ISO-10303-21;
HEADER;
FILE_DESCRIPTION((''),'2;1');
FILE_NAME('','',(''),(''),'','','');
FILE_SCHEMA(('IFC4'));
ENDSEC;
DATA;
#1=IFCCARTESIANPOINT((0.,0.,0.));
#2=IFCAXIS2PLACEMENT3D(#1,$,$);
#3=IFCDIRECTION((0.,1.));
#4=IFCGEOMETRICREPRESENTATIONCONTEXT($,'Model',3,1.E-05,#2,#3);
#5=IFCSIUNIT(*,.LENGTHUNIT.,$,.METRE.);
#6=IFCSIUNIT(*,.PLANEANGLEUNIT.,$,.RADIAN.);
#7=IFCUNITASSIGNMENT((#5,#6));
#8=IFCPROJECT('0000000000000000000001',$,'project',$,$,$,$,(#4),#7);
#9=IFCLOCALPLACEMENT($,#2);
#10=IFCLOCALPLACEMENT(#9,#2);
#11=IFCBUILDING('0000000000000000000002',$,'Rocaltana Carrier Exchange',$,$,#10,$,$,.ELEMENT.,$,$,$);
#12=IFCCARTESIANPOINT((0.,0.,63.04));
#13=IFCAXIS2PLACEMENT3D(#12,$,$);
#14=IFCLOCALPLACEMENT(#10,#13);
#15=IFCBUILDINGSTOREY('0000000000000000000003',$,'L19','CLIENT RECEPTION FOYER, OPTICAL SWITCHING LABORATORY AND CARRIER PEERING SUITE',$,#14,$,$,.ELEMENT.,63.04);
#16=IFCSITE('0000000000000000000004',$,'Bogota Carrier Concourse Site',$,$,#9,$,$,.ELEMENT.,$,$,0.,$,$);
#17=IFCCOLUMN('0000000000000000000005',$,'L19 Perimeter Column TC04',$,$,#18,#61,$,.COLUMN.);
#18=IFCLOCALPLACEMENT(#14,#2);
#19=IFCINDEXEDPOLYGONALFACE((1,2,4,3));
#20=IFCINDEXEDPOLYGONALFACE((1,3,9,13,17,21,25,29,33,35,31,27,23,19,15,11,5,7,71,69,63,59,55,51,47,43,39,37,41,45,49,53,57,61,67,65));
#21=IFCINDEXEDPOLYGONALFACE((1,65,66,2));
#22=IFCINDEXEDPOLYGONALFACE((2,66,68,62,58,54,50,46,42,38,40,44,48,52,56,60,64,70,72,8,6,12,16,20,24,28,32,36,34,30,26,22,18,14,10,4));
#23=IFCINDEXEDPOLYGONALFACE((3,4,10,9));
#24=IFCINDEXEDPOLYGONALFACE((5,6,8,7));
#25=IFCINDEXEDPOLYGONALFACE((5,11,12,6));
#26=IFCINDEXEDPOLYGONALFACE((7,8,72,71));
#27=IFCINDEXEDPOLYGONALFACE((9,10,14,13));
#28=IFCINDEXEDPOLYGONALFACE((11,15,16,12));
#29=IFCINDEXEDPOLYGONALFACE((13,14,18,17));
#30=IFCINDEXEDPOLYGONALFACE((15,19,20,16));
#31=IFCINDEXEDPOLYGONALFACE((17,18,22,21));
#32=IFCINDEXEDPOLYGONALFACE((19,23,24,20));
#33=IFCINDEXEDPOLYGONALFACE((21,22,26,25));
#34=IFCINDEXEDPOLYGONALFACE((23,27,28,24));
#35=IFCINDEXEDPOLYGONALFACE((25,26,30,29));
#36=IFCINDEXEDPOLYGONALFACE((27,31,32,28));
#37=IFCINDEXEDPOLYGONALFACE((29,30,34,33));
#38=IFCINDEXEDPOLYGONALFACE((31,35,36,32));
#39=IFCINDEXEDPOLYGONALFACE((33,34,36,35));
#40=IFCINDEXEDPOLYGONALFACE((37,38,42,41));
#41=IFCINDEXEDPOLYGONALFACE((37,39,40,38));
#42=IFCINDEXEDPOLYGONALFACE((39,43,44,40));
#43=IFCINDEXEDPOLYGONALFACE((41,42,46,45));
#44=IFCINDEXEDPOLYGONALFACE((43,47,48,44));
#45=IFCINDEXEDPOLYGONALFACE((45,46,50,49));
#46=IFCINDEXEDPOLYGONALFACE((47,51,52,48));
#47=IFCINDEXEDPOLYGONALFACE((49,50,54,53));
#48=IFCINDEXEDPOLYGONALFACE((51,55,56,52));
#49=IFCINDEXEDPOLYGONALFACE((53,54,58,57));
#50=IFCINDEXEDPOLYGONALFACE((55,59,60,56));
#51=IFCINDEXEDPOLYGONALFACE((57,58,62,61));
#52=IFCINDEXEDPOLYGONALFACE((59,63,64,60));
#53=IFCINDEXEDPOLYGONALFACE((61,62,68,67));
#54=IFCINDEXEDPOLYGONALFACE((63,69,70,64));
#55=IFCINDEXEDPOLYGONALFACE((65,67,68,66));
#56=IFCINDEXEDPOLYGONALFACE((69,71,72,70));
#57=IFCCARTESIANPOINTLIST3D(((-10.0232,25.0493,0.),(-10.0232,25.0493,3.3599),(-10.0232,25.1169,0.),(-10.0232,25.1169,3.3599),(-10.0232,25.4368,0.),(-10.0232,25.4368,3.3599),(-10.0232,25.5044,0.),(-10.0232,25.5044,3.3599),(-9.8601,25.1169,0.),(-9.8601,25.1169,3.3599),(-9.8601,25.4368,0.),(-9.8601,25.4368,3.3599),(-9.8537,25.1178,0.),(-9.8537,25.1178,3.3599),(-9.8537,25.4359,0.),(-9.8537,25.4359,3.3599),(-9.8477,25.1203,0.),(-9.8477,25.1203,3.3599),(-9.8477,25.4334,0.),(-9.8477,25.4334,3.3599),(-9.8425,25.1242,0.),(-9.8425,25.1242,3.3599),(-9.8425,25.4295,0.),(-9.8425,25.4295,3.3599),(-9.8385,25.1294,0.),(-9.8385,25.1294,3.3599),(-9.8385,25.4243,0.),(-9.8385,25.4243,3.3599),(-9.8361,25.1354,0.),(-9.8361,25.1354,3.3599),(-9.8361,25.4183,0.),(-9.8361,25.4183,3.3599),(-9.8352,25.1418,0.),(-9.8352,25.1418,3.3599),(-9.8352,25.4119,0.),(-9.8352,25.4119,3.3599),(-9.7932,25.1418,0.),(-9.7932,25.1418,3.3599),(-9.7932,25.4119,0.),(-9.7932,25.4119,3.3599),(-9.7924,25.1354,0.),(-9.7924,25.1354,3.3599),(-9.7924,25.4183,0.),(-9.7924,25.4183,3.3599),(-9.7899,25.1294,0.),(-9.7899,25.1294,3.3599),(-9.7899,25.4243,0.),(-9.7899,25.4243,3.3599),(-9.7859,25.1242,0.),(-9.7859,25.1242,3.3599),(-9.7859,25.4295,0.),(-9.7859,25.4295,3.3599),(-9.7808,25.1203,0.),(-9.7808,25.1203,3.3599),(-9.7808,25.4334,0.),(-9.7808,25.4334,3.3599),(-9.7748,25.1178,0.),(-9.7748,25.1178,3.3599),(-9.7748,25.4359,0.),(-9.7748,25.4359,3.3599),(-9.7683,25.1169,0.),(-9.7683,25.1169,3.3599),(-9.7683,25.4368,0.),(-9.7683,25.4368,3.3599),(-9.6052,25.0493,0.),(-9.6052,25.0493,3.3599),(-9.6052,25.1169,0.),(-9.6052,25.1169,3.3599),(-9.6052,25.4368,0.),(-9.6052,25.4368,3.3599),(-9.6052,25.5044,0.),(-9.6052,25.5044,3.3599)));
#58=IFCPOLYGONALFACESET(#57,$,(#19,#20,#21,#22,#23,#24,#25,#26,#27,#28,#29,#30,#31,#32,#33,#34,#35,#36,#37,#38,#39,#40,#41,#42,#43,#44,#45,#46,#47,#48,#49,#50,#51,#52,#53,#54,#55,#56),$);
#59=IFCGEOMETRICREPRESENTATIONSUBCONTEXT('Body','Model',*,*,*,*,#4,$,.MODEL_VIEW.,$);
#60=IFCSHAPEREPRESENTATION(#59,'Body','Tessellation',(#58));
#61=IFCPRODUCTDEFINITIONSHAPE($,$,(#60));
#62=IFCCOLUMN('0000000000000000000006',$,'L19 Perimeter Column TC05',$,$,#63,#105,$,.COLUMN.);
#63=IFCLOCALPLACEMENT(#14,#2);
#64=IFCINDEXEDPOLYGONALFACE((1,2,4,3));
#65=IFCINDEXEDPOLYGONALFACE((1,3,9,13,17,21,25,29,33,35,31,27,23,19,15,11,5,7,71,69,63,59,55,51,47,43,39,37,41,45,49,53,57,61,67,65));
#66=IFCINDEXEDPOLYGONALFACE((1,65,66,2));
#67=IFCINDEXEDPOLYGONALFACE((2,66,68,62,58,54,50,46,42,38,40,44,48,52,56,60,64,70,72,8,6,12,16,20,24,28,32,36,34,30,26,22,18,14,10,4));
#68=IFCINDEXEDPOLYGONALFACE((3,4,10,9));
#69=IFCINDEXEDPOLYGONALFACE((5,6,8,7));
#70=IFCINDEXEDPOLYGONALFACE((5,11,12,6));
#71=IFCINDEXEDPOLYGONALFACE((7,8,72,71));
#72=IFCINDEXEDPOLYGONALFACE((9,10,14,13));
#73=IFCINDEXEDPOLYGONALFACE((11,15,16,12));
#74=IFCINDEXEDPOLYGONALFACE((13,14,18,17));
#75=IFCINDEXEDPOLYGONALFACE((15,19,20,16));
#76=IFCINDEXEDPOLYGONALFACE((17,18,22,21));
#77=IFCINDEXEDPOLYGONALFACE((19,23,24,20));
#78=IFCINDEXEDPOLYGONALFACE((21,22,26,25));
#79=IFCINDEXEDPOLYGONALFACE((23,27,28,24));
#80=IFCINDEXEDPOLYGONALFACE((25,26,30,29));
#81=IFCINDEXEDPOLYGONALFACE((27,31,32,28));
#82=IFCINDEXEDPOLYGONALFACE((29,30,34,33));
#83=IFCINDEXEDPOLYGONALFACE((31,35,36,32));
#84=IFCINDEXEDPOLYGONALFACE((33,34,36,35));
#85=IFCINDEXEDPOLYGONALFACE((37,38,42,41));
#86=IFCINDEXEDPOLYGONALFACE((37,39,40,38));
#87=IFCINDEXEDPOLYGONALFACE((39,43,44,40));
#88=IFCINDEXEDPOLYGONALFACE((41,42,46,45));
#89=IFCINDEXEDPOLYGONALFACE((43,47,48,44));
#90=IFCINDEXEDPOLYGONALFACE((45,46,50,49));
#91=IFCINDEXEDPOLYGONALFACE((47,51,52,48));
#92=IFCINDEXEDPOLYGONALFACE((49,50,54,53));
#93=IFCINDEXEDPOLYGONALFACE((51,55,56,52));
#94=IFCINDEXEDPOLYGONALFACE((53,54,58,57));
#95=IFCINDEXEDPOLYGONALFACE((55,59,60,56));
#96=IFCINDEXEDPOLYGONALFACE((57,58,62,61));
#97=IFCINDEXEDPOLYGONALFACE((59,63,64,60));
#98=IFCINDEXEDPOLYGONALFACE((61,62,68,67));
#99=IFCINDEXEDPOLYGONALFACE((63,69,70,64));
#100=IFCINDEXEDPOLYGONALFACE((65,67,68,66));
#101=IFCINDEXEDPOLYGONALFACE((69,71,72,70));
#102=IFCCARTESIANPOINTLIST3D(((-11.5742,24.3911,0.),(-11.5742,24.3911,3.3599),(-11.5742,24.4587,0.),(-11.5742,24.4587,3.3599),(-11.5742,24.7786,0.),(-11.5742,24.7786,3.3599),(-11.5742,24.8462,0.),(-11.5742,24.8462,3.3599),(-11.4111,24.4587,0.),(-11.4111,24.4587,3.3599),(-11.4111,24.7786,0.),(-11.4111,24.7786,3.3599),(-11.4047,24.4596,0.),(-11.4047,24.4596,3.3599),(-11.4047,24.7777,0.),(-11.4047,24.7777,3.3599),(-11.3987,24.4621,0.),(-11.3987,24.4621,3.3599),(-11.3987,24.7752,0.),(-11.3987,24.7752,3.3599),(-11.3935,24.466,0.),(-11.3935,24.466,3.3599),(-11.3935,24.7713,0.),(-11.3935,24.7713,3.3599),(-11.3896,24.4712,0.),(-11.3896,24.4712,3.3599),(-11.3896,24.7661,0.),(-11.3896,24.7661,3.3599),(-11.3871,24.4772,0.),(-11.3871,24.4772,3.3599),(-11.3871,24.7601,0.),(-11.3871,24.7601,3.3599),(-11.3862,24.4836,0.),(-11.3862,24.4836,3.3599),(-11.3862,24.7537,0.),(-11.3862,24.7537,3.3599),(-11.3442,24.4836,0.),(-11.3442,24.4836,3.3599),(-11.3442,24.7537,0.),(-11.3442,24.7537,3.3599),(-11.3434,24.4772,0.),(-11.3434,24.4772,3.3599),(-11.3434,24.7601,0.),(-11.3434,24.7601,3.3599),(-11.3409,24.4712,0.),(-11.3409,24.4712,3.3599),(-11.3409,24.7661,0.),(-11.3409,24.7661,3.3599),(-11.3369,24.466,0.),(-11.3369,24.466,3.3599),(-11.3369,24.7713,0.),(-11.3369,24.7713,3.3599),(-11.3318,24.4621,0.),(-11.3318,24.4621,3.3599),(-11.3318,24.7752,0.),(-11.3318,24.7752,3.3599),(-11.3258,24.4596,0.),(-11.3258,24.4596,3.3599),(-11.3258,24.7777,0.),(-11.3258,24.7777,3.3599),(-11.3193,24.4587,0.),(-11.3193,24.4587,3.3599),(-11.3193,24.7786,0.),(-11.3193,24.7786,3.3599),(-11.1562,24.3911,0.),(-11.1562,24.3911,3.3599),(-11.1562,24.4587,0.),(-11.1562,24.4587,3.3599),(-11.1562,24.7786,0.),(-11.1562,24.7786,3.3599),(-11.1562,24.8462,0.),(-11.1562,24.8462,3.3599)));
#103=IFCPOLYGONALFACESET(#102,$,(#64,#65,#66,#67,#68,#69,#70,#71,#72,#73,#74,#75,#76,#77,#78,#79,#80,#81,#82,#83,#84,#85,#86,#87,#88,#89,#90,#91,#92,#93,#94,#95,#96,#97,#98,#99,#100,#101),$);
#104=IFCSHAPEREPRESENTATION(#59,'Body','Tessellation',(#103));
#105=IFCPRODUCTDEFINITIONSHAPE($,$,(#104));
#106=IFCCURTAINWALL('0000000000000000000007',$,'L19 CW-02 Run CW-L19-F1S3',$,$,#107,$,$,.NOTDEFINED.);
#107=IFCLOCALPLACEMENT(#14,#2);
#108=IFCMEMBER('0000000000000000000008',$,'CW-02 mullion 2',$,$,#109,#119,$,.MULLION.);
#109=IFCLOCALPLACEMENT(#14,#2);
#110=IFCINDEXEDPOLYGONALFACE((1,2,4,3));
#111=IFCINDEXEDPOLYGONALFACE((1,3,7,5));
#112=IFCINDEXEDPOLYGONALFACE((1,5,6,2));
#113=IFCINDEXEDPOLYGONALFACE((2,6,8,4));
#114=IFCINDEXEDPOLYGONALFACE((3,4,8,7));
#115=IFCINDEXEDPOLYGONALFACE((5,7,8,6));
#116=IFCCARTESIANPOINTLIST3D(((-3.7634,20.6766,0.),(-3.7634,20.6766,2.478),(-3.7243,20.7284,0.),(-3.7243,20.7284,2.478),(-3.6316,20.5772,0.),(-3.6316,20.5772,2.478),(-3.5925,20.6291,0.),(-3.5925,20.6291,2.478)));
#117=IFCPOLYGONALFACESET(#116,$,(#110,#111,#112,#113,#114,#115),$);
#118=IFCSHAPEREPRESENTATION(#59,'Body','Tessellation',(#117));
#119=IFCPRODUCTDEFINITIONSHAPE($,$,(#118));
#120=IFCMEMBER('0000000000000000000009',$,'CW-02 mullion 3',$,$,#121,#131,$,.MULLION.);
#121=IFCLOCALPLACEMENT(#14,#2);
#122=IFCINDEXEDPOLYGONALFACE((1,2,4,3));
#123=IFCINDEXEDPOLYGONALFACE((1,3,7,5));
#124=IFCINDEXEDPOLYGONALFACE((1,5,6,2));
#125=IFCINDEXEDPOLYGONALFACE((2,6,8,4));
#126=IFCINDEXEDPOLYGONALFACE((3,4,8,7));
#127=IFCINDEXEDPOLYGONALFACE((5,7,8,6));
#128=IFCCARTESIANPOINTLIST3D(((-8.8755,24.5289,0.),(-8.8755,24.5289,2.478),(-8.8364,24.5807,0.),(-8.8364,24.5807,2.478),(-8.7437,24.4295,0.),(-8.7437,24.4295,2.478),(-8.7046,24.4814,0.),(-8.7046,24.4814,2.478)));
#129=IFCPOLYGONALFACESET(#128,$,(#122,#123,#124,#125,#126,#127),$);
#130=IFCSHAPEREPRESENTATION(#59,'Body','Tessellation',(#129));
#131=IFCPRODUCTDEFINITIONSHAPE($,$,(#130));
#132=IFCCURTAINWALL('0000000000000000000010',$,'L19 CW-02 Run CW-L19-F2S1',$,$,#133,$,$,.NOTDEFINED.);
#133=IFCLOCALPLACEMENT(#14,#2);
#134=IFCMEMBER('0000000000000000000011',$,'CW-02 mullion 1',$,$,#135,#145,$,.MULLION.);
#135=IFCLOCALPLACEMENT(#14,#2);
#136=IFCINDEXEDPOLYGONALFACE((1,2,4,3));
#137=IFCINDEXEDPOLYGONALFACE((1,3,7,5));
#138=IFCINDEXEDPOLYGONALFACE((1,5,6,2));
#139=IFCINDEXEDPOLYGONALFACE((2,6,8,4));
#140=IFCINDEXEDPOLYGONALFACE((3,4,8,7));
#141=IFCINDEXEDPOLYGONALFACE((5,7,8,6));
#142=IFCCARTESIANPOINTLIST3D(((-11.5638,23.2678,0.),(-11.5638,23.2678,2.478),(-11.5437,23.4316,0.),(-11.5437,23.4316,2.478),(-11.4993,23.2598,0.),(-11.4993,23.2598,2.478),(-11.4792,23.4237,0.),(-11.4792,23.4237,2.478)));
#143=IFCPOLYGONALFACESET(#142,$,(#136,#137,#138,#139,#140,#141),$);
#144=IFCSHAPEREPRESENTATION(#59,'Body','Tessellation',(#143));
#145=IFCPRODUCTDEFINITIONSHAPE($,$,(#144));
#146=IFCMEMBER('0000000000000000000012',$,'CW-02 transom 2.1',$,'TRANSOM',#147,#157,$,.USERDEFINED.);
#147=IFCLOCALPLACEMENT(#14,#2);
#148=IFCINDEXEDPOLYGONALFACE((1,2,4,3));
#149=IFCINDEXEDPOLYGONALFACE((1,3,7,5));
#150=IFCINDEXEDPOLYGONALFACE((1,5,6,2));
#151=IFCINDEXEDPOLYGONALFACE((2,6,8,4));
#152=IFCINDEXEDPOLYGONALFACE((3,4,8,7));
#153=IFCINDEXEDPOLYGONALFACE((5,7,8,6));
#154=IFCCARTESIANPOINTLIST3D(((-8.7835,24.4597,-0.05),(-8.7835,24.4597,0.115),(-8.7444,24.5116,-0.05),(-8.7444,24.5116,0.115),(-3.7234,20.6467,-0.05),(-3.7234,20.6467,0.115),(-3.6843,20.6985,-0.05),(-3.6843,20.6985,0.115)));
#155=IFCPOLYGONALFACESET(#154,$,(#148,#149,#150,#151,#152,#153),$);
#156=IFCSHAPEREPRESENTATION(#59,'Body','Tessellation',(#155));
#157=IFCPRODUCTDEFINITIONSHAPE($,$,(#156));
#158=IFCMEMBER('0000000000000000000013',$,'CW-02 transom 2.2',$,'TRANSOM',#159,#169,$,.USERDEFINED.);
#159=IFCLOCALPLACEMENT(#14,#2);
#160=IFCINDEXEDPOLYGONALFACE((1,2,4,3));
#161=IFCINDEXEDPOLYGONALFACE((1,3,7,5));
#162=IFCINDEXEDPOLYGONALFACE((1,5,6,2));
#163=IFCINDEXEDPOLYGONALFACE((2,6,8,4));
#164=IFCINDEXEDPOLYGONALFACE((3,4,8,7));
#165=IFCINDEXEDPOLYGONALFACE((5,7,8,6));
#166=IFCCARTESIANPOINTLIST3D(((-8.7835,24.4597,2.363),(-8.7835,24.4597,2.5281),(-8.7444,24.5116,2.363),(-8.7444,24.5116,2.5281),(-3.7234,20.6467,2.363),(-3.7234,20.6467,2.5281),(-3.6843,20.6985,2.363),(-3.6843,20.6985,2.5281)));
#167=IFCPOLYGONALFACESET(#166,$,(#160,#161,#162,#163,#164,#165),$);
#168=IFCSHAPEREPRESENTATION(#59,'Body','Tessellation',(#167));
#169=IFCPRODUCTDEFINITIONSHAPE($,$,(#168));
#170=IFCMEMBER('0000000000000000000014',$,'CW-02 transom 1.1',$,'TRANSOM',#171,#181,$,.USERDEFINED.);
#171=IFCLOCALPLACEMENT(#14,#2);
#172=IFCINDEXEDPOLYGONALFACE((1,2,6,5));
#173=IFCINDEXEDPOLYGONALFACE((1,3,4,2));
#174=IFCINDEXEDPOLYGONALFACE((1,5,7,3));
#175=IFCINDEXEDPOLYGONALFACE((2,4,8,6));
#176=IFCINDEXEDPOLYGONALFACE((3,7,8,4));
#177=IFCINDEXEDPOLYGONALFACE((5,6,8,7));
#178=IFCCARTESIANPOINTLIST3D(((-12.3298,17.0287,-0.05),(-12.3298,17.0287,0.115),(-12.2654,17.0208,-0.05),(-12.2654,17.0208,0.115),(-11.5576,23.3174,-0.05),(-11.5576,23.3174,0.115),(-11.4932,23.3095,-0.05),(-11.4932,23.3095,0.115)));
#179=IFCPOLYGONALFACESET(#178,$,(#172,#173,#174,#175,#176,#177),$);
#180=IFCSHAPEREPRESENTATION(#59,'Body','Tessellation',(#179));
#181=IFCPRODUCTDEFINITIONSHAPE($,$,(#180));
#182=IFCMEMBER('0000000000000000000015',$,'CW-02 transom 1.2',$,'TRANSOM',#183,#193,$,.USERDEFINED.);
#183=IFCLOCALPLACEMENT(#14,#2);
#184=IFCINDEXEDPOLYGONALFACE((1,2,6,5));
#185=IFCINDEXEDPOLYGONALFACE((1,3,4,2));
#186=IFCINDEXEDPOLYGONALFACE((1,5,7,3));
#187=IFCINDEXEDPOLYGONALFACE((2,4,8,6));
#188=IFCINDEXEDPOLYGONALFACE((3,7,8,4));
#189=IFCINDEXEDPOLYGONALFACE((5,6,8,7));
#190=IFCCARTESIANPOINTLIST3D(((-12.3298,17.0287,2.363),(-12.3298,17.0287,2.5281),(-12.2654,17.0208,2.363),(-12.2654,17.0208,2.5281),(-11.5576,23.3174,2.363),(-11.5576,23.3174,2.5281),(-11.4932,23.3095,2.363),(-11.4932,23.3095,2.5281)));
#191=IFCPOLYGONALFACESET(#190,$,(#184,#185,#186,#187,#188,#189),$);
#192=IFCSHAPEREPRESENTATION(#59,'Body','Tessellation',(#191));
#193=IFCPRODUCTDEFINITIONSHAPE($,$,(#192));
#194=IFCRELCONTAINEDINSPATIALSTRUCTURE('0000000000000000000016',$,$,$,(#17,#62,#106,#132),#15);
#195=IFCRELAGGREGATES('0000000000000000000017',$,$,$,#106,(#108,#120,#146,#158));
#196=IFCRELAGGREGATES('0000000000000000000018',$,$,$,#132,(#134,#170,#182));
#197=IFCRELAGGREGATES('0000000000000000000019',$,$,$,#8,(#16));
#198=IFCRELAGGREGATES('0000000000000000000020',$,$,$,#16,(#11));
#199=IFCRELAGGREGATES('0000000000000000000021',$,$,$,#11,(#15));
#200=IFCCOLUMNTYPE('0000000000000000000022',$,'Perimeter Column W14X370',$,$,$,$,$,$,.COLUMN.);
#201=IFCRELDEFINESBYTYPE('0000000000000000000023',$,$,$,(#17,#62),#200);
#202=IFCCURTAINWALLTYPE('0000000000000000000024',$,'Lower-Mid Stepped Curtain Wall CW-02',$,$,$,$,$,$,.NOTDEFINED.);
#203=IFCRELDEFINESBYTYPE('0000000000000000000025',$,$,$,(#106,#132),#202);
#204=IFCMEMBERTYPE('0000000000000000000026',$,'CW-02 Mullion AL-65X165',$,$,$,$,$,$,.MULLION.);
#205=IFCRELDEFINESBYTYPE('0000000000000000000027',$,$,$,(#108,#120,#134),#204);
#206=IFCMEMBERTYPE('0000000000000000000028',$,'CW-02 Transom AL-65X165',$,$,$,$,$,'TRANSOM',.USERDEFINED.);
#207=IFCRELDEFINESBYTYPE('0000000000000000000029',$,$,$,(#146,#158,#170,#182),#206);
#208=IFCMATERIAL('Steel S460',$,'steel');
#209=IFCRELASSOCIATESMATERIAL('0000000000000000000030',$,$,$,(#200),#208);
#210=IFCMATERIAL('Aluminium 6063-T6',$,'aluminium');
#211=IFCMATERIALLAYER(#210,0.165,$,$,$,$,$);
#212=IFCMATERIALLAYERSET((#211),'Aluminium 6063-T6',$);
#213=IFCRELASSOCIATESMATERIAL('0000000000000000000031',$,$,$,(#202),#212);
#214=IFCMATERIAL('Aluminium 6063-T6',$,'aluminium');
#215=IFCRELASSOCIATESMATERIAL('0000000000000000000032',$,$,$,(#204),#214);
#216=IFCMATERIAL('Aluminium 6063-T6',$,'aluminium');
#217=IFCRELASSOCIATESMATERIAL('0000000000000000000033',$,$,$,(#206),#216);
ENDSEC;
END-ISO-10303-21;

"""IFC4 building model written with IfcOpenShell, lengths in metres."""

from ifc_helpers import new_model, si_unit, direction, frame, origin, origin_2d, place, context, subcontext, project, spatial, rectangle, i_section, extrude, material, layer, layer_set, material_profile, profile_set, type_object, element, aggregate, save


model = new_model("IFC4")

# Units and contexts
model_context = context("Model", 3, precision=1e-05, world=origin(), true_north=direction((0.0, 1.0)))
body_context = subcontext(model_context, "Body", "Model", "MODEL_VIEW")
ifc_project = project(units=[si_unit("LENGTHUNIT", "METRE"), si_unit("PLANEANGLEUNIT", "RADIAN")], contexts=[model_context])

# Site, building, storey
site_placement = place(None, origin())
site = spatial("IfcSite", under=ifc_project, at=site_placement, Name="Bogota Carrier Concourse Site", CompositionType="ELEMENT", RefElevation=0.0)
building_placement = place(site_placement, origin())
building = spatial("IfcBuilding", under=site, at=building_placement, Name="Rocaltana Carrier Exchange", CompositionType="ELEMENT")
storey_placement = place(building_placement, frame((0.0, 0.0, 63.04)))
storey = spatial("IfcBuildingStorey", under=building, at=storey_placement, Name="L19", Description="CLIENT RECEPTION FOYER, OPTICAL SWITCHING LABORATORY AND CARRIER PEERING SUITE", CompositionType="ELEMENT", Elevation=63.04)

# Columns
ifc_material_1 = material(Name="Steel S460", Category="steel")
ifc_material_profile_1 = material_profile(ifc_material_1, i_section(OverallWidth=0.418, OverallDepth=0.4551, WebThickness=0.042, FlangeThickness=0.0676, FilletRadius=0.0249, at=origin_2d()), Name="W14X370")
ifc_profile_set_1 = profile_set([ifc_material_profile_1], Name="Steel S460")
column_type = type_object("IfcColumnType", Name="Perimeter Column W14X370", PredefinedType="COLUMN", material=ifc_profile_set_1)
for number, where, z_axis, x_axis, name in (
    (1, (-9.8142, 25.2769, 0.0), (0.0, 0.0, 1.0), (1.0, 0.0, 0.0), "L19 Perimeter Column TC04"),
    (2, (-11.3652, 24.6187, 0.0), (0.0, 0.0, 1.0), (1.0, 0.0, 0.0), "L19 Perimeter Column TC05"),
):
    element("IfcColumn", number, at=place(storey_placement, frame(where, z_axis=z_axis, x_axis=x_axis)), inside=storey, type_object=column_type, Name=name, PredefinedType="COLUMN", context=body_context, shape_type="SweptSolid", body=[
        extrude(i_section(OverallWidth=0.418, OverallDepth=0.4551, WebThickness=0.042, FlangeThickness=0.0676, FilletRadius=0.0249, at=origin_2d()), origin(), (0.0, 0.0, 1.0), 3.3599),
    ])

# Curtain wall, members
ifc_material_2 = material(Name="Aluminium 6063-T6", Category="aluminium")
ifc_layer_1 = layer(ifc_material_2, 0.165)
ifc_layer_set_1 = layer_set([ifc_layer_1], Name="Aluminium 6063-T6")
curtain_wall_type = type_object("IfcCurtainWallType", Name="Lower-Mid Stepped Curtain Wall CW-02", PredefinedType="NOTDEFINED", material=ifc_layer_set_1)
curtain_wall_1_placement = place(storey_placement, origin())
curtain_wall_1 = element("IfcCurtainWall", 3, at=curtain_wall_1_placement, inside=storey, type_object=curtain_wall_type, Name="L19 CW-02 Run CW-L19-F1S3", PredefinedType="NOTDEFINED")
ifc_material_3 = material(Name="Aluminium 6063-T6", Category="aluminium")
ifc_material_profile_2 = material_profile(ifc_material_3, rectangle(XDim=0.0649, YDim=0.165, at=origin_2d()), Name="AL-65X165")
ifc_profile_set_2 = profile_set([ifc_material_profile_2], Name="Aluminium 6063-T6")
member_type_1 = type_object("IfcMemberType", Name="CW-02 Mullion AL-65X165", PredefinedType="MULLION", material=ifc_profile_set_2)
member_1_placement = place(storey_placement, frame((-3.678, 20.6528, 0.0), z_axis=(0.0, 0.0, 1.0), x_axis=(-0.601812, -0.798638, 0.0)))
member_1 = element("IfcMember", 4, at=member_1_placement, type_object=member_type_1, Name="CW-02 mullion 2", PredefinedType="MULLION", context=body_context, shape_type="SweptSolid", body=[
    extrude(rectangle(XDim=0.0649, YDim=0.165, at=origin_2d()), origin(), (0.0, 0.0, 1.0), 2.478),
])
member_2_placement = place(storey_placement, frame((-8.79, 24.5051, 0.0), z_axis=(0.0, 0.0, 1.0), x_axis=(-0.601812, -0.798638, 0.0)))
member_2 = element("IfcMember", 5, at=member_2_placement, type_object=member_type_1, Name="CW-02 mullion 3", PredefinedType="MULLION", context=body_context, shape_type="SweptSolid", body=[
    extrude(rectangle(XDim=0.0649, YDim=0.165, at=origin_2d()), origin(), (0.0, 0.0, 1.0), 2.478),
])

# Curtain wall, member
curtain_wall_2_placement = place(storey_placement, origin())
curtain_wall_2 = element("IfcCurtainWall", 6, at=curtain_wall_2_placement, inside=storey, type_object=curtain_wall_type, Name="L19 CW-02 Run CW-L19-F2S1", PredefinedType="NOTDEFINED")
member_3_placement = place(storey_placement, frame((-11.5215, 23.3457, 0.0), z_axis=(0.0, 0.0, 1.0), x_axis=(0.992546, -0.121873, 0.0)))
member_3 = element("IfcMember", 7, at=member_3_placement, type_object=member_type_1, Name="CW-02 mullion 1", PredefinedType="MULLION", context=body_context, shape_type="SweptSolid", body=[
    extrude(rectangle(XDim=0.0649, YDim=0.165, at=origin_2d()), origin(), (0.0, 0.0, 1.0), 2.478),
])

# Members
ifc_material_4 = material(Name="Aluminium 6063-T6", Category="aluminium")
ifc_material_profile_3 = material_profile(ifc_material_4, rectangle(XDim=0.0649, YDim=0.165, at=origin_2d()), Name="AL-65X165")
ifc_profile_set_3 = profile_set([ifc_material_profile_3], Name="Aluminium 6063-T6")
member_type_2 = type_object("IfcMemberType", Name="CW-02 Transom AL-65X165", ElementType="TRANSOM", PredefinedType="USERDEFINED", material=ifc_profile_set_3)
member_4_placement = place(storey_placement, frame((-3.7039, 20.6726, 0.0325), z_axis=(-0.798638, 0.601811, 0.0), x_axis=(-0.601811, -0.798638, 0.0)))
member_4 = element("IfcMember", 8, at=member_4_placement, type_object=member_type_2, Name="CW-02 transom 2.1", ObjectType="TRANSOM", PredefinedType="USERDEFINED", context=body_context, shape_type="SweptSolid", body=[
    extrude(rectangle(XDim=0.0649, YDim=0.165, at=origin_2d()), origin(), (0.0, 0.0, 1.0), 6.3359),
])
member_5_placement = place(storey_placement, frame((-3.7039, 20.6726, 2.4456), z_axis=(-0.798638, 0.601811, 0.0), x_axis=(-0.601811, -0.798638, 0.0)))
member_5 = element("IfcMember", 9, at=member_5_placement, type_object=member_type_2, Name="CW-02 transom 2.2", ObjectType="TRANSOM", PredefinedType="USERDEFINED", context=body_context, shape_type="SweptSolid", body=[
    extrude(rectangle(XDim=0.0649, YDim=0.165, at=origin_2d()), origin(), (0.0, 0.0, 1.0), 6.3359),
])
member_6_placement = place(storey_placement, frame((-11.5254, 23.3135, 0.0325), z_axis=(-0.121877, -0.992545, 0.0), x_axis=(0.992545, -0.121877, 0.0)))
member_6 = element("IfcMember", 10, at=member_6_placement, type_object=member_type_2, Name="CW-02 transom 1.1", ObjectType="TRANSOM", PredefinedType="USERDEFINED", context=body_context, shape_type="SweptSolid", body=[
    extrude(rectangle(XDim=0.0649, YDim=0.165, at=origin_2d()), origin(), (0.0, 0.0, 1.0), 6.3359),
])
member_7_placement = place(storey_placement, frame((-11.5254, 23.3135, 2.4456), z_axis=(-0.121877, -0.992545, 0.0), x_axis=(0.992545, -0.121877, 0.0)))
member_7 = element("IfcMember", 11, at=member_7_placement, type_object=member_type_2, Name="CW-02 transom 1.2", ObjectType="TRANSOM", PredefinedType="USERDEFINED", context=body_context, shape_type="SweptSolid", body=[
    extrude(rectangle(XDim=0.0649, YDim=0.165, at=origin_2d()), origin(), (0.0, 0.0, 1.0), 6.3359),
])

aggregate(curtain_wall_1, [member_1, member_2, member_4, member_5])
aggregate(curtain_wall_2, [member_3, member_6, member_7])

save(model, "model.ifc")
